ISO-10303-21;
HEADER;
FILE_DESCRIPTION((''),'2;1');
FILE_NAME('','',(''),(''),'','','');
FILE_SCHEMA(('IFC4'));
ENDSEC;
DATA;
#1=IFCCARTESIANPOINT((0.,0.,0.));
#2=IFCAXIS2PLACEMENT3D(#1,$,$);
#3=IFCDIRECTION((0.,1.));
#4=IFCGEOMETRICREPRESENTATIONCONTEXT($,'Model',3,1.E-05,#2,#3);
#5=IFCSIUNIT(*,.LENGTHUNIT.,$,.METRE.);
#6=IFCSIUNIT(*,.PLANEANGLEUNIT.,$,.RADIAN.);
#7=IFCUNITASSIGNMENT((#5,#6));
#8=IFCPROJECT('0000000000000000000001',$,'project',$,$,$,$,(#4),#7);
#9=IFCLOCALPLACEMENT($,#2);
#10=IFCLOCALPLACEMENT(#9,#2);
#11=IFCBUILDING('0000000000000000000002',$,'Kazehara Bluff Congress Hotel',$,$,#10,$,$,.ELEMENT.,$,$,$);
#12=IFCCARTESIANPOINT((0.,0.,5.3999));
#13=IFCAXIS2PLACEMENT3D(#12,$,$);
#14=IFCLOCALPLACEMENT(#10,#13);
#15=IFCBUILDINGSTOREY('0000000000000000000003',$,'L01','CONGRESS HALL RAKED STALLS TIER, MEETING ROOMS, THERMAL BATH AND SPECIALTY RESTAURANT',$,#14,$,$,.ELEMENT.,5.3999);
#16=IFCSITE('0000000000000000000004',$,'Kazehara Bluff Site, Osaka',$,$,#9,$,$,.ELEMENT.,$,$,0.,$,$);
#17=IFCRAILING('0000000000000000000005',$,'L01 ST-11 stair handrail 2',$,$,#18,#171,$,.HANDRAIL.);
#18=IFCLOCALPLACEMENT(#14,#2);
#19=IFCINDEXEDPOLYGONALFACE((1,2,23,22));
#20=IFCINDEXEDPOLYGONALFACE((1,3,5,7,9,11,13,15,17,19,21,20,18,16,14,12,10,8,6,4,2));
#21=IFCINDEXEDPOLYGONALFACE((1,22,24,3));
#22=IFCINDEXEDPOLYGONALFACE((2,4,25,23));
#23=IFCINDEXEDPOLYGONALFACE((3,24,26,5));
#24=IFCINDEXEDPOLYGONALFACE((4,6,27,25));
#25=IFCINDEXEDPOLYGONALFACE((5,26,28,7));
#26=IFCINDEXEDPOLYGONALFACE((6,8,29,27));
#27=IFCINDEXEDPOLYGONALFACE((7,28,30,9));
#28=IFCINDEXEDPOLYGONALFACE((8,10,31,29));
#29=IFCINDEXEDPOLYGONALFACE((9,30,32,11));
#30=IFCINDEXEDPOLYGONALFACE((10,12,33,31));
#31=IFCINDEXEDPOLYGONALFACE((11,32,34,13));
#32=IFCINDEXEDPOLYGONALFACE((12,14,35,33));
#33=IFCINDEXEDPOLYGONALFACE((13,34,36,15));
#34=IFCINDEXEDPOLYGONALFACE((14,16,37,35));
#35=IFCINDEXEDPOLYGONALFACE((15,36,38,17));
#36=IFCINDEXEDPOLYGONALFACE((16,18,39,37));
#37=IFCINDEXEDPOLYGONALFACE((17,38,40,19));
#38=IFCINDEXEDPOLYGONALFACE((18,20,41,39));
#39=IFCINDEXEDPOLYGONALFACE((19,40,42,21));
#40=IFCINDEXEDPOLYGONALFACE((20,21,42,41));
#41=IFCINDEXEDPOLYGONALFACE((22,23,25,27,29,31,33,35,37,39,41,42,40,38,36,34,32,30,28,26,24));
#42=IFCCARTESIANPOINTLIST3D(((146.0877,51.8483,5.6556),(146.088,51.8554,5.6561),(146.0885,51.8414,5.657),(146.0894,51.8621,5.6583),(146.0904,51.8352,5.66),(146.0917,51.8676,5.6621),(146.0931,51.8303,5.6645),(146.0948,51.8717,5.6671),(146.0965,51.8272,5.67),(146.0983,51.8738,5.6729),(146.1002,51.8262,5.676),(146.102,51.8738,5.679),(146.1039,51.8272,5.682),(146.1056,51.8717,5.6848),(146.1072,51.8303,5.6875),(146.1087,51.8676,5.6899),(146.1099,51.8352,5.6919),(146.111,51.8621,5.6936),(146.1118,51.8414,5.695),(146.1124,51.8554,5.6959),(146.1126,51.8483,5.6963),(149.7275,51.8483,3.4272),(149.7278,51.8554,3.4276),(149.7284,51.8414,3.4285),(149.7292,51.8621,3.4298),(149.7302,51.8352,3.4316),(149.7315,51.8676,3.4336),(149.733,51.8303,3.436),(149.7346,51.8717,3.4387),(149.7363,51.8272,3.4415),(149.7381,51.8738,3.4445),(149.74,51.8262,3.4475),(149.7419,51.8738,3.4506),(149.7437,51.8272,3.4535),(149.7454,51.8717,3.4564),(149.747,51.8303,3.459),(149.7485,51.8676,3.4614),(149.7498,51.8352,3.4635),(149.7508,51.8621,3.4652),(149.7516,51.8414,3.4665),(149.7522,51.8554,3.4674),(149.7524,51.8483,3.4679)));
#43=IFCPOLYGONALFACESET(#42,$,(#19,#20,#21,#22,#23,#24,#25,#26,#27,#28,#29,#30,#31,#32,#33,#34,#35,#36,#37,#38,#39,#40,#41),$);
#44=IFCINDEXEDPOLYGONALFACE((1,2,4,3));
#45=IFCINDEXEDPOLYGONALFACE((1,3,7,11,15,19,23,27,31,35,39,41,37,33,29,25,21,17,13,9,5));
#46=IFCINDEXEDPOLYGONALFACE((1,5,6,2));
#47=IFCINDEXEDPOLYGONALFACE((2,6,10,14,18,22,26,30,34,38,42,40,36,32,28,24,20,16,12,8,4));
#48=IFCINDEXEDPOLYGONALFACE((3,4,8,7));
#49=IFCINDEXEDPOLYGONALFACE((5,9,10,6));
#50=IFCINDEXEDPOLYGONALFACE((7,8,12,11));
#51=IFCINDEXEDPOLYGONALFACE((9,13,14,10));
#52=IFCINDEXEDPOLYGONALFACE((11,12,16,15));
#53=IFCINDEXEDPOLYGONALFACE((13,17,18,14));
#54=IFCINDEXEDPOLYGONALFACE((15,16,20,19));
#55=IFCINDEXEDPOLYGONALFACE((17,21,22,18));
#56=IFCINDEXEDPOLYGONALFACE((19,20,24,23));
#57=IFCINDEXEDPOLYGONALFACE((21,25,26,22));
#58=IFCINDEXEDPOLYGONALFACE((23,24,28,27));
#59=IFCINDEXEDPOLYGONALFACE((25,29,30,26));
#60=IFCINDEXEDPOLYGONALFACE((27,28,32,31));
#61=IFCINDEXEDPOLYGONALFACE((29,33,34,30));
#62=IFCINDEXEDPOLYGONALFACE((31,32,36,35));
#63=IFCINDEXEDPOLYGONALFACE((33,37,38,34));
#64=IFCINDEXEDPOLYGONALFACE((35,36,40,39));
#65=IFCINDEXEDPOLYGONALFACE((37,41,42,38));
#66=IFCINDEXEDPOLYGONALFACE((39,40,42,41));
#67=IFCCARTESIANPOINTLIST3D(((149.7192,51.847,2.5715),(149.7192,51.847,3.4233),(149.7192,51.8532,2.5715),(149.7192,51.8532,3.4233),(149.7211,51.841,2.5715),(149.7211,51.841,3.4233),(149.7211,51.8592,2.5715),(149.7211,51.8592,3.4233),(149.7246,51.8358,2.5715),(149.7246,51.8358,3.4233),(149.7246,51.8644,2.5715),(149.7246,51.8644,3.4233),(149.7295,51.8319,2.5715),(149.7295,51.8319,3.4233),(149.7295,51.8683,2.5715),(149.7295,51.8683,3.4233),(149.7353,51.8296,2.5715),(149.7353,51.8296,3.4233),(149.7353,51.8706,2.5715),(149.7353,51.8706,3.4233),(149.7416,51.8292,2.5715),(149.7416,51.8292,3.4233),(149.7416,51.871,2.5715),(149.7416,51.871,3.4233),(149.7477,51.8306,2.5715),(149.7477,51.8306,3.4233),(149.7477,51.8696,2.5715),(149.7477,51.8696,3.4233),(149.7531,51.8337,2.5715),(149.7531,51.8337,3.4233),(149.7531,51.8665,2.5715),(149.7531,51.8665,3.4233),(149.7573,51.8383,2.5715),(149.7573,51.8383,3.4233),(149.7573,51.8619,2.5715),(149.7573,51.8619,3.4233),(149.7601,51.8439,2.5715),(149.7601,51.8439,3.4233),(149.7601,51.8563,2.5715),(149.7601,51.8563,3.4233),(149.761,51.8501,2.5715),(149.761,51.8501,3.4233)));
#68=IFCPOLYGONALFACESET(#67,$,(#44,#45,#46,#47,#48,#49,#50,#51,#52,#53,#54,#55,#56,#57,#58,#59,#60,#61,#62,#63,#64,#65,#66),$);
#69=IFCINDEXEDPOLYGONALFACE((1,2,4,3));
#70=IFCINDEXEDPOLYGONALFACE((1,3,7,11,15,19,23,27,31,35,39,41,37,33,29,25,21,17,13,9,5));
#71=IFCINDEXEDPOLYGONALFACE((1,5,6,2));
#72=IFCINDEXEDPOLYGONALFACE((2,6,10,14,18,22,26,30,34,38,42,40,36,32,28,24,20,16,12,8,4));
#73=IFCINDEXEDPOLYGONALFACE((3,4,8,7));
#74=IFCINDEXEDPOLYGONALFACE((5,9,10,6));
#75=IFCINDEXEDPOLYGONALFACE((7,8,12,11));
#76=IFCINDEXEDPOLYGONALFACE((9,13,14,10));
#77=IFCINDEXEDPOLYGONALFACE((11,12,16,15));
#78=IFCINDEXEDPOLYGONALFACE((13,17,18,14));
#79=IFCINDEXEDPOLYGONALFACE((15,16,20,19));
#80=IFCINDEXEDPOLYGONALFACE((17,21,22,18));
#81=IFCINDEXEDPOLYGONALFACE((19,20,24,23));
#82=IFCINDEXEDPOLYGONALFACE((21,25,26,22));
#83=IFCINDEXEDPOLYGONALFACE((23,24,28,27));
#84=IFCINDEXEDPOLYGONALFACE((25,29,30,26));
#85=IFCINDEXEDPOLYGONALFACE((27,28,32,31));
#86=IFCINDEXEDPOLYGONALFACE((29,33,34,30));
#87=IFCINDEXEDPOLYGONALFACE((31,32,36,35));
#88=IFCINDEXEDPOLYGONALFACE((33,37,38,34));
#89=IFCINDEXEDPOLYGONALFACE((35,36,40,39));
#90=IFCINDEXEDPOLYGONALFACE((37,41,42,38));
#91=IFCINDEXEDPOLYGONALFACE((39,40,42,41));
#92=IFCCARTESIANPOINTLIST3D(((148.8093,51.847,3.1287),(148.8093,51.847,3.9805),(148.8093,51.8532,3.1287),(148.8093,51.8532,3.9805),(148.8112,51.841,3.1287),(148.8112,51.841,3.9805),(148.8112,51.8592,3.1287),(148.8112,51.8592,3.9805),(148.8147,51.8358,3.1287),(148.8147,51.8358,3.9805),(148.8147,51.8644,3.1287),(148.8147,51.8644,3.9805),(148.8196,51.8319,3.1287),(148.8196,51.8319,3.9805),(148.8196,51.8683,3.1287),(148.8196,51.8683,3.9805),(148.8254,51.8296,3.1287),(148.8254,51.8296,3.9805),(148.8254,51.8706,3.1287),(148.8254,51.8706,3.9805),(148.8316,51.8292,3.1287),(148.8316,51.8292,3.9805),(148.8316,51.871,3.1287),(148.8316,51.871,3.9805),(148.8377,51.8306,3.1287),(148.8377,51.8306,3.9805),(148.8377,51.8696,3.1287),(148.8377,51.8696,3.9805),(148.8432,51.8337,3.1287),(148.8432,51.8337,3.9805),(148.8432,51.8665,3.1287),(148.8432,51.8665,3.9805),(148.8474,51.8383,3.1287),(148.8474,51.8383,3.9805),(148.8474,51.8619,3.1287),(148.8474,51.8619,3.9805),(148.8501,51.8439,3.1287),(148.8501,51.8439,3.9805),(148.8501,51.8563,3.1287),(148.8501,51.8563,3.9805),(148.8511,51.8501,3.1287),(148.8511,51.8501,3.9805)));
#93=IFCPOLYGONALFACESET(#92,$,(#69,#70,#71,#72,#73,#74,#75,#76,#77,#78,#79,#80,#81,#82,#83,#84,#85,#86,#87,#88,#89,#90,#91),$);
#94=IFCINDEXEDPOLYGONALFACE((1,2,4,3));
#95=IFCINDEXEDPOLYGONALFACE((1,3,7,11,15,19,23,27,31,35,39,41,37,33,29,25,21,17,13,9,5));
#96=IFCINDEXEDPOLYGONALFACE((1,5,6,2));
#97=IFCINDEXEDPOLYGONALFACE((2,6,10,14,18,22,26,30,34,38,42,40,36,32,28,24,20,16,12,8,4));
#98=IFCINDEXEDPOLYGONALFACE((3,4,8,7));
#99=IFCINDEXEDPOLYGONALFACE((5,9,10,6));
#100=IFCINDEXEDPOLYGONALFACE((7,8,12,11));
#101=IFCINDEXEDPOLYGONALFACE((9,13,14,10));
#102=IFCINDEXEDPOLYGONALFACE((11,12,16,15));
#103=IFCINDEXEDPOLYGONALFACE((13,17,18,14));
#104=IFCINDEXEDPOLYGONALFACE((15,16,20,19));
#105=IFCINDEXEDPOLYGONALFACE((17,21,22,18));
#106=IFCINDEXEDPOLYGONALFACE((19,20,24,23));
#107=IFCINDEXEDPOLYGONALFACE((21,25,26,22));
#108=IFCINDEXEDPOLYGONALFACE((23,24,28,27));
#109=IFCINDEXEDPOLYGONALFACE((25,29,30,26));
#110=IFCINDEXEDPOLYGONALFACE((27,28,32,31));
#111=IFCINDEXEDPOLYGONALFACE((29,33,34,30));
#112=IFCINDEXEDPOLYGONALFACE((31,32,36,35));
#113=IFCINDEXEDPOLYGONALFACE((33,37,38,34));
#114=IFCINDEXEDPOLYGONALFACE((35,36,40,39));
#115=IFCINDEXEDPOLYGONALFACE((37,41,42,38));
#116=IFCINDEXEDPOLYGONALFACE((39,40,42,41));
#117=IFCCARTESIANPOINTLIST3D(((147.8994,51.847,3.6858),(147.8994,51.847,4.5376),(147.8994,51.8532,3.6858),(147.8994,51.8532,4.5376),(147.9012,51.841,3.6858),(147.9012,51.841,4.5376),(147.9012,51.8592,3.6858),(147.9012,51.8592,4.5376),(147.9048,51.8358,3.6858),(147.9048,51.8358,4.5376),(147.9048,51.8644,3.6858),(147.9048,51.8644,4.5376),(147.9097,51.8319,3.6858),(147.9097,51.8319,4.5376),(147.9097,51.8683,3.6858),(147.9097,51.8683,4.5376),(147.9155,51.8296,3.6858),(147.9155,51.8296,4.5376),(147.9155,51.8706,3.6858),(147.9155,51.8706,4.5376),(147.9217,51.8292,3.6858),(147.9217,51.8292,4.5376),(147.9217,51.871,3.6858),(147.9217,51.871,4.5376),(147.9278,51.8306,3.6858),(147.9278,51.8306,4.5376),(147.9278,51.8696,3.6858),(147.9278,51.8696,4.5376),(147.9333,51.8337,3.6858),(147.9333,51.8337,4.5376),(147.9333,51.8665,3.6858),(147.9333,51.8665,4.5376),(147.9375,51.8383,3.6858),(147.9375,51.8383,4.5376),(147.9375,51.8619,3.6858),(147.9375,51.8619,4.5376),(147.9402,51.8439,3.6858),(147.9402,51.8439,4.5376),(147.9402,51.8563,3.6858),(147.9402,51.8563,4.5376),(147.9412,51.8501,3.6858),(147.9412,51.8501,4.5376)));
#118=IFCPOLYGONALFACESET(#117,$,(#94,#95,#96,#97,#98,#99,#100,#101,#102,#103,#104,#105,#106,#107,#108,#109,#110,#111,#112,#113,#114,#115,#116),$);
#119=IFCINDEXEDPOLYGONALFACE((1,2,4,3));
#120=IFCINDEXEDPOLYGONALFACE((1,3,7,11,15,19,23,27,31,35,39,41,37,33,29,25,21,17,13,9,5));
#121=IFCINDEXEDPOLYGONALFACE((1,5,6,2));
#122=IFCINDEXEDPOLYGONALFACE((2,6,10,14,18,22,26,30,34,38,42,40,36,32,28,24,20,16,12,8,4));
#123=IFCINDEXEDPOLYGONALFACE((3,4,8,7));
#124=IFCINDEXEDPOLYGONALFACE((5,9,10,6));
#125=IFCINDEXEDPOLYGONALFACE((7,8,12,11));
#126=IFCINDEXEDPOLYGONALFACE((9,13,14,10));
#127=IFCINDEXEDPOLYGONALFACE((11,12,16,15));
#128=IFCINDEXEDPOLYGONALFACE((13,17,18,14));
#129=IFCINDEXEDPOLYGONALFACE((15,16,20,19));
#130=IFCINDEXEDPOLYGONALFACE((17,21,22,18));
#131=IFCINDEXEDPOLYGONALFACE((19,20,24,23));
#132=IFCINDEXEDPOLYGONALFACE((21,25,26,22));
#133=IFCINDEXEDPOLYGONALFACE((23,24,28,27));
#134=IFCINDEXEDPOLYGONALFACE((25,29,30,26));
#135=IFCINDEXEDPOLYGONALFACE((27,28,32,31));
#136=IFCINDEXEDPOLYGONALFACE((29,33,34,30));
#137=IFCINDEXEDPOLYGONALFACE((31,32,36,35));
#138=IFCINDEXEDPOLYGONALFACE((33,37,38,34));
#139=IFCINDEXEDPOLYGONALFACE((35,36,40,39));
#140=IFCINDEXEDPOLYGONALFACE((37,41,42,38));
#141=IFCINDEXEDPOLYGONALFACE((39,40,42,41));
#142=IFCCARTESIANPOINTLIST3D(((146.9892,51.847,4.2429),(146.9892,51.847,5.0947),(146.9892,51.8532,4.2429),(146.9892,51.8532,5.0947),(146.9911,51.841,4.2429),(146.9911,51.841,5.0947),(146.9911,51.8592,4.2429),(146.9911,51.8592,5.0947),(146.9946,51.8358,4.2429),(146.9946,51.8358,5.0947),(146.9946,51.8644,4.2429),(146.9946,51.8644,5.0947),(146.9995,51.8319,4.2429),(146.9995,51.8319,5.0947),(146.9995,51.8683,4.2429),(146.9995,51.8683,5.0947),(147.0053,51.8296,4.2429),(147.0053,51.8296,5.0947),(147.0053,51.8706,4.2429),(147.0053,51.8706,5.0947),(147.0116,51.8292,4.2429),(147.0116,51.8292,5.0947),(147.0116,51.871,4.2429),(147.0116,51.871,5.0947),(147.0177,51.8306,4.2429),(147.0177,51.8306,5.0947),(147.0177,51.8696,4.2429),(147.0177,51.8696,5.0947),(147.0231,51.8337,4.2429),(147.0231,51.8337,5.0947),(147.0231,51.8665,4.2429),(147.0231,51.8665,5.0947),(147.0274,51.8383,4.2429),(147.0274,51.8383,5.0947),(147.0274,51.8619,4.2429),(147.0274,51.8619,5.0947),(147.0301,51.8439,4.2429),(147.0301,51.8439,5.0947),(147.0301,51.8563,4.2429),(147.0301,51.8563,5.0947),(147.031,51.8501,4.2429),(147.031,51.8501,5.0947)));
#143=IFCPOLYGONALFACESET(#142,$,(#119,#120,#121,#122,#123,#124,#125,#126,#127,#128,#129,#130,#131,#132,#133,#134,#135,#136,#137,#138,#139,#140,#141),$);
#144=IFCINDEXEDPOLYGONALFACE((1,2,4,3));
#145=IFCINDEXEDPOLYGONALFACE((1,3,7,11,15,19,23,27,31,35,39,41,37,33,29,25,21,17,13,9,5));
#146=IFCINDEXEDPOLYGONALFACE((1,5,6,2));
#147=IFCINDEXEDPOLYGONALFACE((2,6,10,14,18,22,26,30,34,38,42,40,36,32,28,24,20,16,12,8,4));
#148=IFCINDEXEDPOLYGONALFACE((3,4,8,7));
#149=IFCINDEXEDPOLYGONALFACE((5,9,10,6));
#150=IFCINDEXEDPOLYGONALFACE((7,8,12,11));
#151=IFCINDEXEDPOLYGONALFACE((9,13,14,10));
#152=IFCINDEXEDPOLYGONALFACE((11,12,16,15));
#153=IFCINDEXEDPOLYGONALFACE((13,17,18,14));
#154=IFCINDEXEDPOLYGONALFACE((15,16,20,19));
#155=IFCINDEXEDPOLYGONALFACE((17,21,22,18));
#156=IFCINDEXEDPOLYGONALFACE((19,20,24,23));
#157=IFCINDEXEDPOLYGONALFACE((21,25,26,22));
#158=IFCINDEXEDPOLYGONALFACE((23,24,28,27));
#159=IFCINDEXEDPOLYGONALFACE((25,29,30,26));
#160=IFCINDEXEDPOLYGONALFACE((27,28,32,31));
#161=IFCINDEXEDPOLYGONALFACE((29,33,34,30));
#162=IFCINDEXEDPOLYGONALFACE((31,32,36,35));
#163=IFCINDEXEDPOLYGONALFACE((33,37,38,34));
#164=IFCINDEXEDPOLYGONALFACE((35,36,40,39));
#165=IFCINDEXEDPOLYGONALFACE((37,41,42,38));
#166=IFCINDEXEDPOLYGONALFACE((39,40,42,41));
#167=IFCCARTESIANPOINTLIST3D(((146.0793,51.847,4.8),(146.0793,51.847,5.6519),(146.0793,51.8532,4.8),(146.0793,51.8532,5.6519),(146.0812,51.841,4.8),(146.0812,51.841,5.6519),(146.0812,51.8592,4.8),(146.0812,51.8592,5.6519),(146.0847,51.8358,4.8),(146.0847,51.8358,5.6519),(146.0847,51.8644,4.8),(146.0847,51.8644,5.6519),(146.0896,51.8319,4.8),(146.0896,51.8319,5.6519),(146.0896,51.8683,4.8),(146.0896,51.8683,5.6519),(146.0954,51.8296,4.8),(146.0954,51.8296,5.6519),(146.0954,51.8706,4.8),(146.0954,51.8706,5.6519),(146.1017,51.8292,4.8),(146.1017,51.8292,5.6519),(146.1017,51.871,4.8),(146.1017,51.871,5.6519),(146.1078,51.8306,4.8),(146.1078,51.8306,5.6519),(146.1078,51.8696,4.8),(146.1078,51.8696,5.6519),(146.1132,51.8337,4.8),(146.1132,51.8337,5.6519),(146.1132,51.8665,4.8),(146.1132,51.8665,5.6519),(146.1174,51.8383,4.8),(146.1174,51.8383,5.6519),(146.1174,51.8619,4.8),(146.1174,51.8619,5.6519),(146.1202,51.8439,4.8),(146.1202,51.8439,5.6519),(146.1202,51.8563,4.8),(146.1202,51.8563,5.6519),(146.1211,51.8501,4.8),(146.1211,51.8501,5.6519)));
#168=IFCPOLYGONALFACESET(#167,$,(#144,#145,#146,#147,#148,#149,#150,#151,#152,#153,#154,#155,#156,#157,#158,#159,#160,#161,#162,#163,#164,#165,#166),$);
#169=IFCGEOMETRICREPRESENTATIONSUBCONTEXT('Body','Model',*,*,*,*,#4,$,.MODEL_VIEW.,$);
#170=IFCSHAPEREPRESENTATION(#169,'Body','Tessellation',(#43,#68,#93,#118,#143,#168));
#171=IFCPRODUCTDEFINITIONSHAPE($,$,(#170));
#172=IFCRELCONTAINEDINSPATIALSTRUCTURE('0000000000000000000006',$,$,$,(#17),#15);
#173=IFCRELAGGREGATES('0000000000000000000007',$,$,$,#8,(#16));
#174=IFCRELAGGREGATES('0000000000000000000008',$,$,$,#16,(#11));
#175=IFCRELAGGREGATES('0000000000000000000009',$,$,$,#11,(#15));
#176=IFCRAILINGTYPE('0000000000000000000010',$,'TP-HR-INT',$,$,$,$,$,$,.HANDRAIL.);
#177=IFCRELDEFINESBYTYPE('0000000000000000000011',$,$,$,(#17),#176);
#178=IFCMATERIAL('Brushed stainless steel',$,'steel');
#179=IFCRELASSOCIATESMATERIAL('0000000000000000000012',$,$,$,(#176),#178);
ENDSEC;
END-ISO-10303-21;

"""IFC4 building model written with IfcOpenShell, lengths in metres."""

from ifc_helpers import new_model, si_unit, direction, frame, origin, origin_2d, place, context, subcontext, project, spatial, circle, extrude, material, type_object, element, save


model = new_model("IFC4")

# Units and contexts
model_context = context("Model", 3, precision=1e-05, world=origin(), true_north=direction((0.0, 1.0)))
body_context = subcontext(model_context, "Body", "Model", "MODEL_VIEW")
ifc_project = project(units=[si_unit("LENGTHUNIT", "METRE"), si_unit("PLANEANGLEUNIT", "RADIAN")], contexts=[model_context])

# Site, building, storey
site_placement = place(None, origin())
site = spatial("IfcSite", under=ifc_project, at=site_placement, Name="Kazehara Bluff Site, Osaka", CompositionType="ELEMENT", RefElevation=0.0)
building_placement = place(site_placement, origin())
building = spatial("IfcBuilding", under=site, at=building_placement, Name="Kazehara Bluff Congress Hotel", CompositionType="ELEMENT")
storey_placement = place(building_placement, frame((0.0, 0.0, 5.3999)))
storey = spatial("IfcBuildingStorey", under=building, at=storey_placement, Name="L01", Description="CONGRESS HALL RAKED STALLS TIER, MEETING ROOMS, THERMAL BATH AND SPECIALTY RESTAURANT", CompositionType="ELEMENT", Elevation=5.3999)

# Railing
ifc_material_1 = material(Name="Brushed stainless steel", Category="steel")
railing_type_1 = type_object("IfcRailingType", Name="TP-HR-INT", PredefinedType="HANDRAIL", material=ifc_material_1)
railing_1_placement = place(storey_placement, frame((149.74, 51.8501, 2.5715)))
element("IfcRailing", 1, at=railing_1_placement, inside=storey, type_object=railing_type_1, Name="L01 ST-11 stair handrail 2", PredefinedType="HANDRAIL", context=body_context, shape_type="SweptSolid", body=[
    extrude(circle(Radius=0.0239, at=origin_2d()), frame((0.0, 0.0, 0.876), z_axis=(-0.85285, 0.0, 0.522156), x_axis=(0.0, -1.0, 0.0)), (0.0, 0.0, 1.0), 4.2678),
    extrude(circle(Radius=0.021, at=origin_2d()), origin(), (0.0, 0.0, 1.0), 0.8518),
    extrude(circle(Radius=0.021, at=origin_2d()), frame((-0.9099, 0.0, 0.5571)), (0.0, 0.0, 1.0), 0.8518),
    extrude(circle(Radius=0.021, at=origin_2d()), frame((-1.8198, 0.0, 1.1143)), (0.0, 0.0, 1.0), 0.8518),
    extrude(circle(Radius=0.021, at=origin_2d()), frame((-2.73, 0.0, 1.6714)), (0.0, 0.0, 1.0), 0.8518),
    extrude(circle(Radius=0.021, at=origin_2d()), frame((-3.6399, 0.0, 2.2285)), (0.0, 0.0, 1.0), 0.8518),
])

save(model, "model.ifc")
